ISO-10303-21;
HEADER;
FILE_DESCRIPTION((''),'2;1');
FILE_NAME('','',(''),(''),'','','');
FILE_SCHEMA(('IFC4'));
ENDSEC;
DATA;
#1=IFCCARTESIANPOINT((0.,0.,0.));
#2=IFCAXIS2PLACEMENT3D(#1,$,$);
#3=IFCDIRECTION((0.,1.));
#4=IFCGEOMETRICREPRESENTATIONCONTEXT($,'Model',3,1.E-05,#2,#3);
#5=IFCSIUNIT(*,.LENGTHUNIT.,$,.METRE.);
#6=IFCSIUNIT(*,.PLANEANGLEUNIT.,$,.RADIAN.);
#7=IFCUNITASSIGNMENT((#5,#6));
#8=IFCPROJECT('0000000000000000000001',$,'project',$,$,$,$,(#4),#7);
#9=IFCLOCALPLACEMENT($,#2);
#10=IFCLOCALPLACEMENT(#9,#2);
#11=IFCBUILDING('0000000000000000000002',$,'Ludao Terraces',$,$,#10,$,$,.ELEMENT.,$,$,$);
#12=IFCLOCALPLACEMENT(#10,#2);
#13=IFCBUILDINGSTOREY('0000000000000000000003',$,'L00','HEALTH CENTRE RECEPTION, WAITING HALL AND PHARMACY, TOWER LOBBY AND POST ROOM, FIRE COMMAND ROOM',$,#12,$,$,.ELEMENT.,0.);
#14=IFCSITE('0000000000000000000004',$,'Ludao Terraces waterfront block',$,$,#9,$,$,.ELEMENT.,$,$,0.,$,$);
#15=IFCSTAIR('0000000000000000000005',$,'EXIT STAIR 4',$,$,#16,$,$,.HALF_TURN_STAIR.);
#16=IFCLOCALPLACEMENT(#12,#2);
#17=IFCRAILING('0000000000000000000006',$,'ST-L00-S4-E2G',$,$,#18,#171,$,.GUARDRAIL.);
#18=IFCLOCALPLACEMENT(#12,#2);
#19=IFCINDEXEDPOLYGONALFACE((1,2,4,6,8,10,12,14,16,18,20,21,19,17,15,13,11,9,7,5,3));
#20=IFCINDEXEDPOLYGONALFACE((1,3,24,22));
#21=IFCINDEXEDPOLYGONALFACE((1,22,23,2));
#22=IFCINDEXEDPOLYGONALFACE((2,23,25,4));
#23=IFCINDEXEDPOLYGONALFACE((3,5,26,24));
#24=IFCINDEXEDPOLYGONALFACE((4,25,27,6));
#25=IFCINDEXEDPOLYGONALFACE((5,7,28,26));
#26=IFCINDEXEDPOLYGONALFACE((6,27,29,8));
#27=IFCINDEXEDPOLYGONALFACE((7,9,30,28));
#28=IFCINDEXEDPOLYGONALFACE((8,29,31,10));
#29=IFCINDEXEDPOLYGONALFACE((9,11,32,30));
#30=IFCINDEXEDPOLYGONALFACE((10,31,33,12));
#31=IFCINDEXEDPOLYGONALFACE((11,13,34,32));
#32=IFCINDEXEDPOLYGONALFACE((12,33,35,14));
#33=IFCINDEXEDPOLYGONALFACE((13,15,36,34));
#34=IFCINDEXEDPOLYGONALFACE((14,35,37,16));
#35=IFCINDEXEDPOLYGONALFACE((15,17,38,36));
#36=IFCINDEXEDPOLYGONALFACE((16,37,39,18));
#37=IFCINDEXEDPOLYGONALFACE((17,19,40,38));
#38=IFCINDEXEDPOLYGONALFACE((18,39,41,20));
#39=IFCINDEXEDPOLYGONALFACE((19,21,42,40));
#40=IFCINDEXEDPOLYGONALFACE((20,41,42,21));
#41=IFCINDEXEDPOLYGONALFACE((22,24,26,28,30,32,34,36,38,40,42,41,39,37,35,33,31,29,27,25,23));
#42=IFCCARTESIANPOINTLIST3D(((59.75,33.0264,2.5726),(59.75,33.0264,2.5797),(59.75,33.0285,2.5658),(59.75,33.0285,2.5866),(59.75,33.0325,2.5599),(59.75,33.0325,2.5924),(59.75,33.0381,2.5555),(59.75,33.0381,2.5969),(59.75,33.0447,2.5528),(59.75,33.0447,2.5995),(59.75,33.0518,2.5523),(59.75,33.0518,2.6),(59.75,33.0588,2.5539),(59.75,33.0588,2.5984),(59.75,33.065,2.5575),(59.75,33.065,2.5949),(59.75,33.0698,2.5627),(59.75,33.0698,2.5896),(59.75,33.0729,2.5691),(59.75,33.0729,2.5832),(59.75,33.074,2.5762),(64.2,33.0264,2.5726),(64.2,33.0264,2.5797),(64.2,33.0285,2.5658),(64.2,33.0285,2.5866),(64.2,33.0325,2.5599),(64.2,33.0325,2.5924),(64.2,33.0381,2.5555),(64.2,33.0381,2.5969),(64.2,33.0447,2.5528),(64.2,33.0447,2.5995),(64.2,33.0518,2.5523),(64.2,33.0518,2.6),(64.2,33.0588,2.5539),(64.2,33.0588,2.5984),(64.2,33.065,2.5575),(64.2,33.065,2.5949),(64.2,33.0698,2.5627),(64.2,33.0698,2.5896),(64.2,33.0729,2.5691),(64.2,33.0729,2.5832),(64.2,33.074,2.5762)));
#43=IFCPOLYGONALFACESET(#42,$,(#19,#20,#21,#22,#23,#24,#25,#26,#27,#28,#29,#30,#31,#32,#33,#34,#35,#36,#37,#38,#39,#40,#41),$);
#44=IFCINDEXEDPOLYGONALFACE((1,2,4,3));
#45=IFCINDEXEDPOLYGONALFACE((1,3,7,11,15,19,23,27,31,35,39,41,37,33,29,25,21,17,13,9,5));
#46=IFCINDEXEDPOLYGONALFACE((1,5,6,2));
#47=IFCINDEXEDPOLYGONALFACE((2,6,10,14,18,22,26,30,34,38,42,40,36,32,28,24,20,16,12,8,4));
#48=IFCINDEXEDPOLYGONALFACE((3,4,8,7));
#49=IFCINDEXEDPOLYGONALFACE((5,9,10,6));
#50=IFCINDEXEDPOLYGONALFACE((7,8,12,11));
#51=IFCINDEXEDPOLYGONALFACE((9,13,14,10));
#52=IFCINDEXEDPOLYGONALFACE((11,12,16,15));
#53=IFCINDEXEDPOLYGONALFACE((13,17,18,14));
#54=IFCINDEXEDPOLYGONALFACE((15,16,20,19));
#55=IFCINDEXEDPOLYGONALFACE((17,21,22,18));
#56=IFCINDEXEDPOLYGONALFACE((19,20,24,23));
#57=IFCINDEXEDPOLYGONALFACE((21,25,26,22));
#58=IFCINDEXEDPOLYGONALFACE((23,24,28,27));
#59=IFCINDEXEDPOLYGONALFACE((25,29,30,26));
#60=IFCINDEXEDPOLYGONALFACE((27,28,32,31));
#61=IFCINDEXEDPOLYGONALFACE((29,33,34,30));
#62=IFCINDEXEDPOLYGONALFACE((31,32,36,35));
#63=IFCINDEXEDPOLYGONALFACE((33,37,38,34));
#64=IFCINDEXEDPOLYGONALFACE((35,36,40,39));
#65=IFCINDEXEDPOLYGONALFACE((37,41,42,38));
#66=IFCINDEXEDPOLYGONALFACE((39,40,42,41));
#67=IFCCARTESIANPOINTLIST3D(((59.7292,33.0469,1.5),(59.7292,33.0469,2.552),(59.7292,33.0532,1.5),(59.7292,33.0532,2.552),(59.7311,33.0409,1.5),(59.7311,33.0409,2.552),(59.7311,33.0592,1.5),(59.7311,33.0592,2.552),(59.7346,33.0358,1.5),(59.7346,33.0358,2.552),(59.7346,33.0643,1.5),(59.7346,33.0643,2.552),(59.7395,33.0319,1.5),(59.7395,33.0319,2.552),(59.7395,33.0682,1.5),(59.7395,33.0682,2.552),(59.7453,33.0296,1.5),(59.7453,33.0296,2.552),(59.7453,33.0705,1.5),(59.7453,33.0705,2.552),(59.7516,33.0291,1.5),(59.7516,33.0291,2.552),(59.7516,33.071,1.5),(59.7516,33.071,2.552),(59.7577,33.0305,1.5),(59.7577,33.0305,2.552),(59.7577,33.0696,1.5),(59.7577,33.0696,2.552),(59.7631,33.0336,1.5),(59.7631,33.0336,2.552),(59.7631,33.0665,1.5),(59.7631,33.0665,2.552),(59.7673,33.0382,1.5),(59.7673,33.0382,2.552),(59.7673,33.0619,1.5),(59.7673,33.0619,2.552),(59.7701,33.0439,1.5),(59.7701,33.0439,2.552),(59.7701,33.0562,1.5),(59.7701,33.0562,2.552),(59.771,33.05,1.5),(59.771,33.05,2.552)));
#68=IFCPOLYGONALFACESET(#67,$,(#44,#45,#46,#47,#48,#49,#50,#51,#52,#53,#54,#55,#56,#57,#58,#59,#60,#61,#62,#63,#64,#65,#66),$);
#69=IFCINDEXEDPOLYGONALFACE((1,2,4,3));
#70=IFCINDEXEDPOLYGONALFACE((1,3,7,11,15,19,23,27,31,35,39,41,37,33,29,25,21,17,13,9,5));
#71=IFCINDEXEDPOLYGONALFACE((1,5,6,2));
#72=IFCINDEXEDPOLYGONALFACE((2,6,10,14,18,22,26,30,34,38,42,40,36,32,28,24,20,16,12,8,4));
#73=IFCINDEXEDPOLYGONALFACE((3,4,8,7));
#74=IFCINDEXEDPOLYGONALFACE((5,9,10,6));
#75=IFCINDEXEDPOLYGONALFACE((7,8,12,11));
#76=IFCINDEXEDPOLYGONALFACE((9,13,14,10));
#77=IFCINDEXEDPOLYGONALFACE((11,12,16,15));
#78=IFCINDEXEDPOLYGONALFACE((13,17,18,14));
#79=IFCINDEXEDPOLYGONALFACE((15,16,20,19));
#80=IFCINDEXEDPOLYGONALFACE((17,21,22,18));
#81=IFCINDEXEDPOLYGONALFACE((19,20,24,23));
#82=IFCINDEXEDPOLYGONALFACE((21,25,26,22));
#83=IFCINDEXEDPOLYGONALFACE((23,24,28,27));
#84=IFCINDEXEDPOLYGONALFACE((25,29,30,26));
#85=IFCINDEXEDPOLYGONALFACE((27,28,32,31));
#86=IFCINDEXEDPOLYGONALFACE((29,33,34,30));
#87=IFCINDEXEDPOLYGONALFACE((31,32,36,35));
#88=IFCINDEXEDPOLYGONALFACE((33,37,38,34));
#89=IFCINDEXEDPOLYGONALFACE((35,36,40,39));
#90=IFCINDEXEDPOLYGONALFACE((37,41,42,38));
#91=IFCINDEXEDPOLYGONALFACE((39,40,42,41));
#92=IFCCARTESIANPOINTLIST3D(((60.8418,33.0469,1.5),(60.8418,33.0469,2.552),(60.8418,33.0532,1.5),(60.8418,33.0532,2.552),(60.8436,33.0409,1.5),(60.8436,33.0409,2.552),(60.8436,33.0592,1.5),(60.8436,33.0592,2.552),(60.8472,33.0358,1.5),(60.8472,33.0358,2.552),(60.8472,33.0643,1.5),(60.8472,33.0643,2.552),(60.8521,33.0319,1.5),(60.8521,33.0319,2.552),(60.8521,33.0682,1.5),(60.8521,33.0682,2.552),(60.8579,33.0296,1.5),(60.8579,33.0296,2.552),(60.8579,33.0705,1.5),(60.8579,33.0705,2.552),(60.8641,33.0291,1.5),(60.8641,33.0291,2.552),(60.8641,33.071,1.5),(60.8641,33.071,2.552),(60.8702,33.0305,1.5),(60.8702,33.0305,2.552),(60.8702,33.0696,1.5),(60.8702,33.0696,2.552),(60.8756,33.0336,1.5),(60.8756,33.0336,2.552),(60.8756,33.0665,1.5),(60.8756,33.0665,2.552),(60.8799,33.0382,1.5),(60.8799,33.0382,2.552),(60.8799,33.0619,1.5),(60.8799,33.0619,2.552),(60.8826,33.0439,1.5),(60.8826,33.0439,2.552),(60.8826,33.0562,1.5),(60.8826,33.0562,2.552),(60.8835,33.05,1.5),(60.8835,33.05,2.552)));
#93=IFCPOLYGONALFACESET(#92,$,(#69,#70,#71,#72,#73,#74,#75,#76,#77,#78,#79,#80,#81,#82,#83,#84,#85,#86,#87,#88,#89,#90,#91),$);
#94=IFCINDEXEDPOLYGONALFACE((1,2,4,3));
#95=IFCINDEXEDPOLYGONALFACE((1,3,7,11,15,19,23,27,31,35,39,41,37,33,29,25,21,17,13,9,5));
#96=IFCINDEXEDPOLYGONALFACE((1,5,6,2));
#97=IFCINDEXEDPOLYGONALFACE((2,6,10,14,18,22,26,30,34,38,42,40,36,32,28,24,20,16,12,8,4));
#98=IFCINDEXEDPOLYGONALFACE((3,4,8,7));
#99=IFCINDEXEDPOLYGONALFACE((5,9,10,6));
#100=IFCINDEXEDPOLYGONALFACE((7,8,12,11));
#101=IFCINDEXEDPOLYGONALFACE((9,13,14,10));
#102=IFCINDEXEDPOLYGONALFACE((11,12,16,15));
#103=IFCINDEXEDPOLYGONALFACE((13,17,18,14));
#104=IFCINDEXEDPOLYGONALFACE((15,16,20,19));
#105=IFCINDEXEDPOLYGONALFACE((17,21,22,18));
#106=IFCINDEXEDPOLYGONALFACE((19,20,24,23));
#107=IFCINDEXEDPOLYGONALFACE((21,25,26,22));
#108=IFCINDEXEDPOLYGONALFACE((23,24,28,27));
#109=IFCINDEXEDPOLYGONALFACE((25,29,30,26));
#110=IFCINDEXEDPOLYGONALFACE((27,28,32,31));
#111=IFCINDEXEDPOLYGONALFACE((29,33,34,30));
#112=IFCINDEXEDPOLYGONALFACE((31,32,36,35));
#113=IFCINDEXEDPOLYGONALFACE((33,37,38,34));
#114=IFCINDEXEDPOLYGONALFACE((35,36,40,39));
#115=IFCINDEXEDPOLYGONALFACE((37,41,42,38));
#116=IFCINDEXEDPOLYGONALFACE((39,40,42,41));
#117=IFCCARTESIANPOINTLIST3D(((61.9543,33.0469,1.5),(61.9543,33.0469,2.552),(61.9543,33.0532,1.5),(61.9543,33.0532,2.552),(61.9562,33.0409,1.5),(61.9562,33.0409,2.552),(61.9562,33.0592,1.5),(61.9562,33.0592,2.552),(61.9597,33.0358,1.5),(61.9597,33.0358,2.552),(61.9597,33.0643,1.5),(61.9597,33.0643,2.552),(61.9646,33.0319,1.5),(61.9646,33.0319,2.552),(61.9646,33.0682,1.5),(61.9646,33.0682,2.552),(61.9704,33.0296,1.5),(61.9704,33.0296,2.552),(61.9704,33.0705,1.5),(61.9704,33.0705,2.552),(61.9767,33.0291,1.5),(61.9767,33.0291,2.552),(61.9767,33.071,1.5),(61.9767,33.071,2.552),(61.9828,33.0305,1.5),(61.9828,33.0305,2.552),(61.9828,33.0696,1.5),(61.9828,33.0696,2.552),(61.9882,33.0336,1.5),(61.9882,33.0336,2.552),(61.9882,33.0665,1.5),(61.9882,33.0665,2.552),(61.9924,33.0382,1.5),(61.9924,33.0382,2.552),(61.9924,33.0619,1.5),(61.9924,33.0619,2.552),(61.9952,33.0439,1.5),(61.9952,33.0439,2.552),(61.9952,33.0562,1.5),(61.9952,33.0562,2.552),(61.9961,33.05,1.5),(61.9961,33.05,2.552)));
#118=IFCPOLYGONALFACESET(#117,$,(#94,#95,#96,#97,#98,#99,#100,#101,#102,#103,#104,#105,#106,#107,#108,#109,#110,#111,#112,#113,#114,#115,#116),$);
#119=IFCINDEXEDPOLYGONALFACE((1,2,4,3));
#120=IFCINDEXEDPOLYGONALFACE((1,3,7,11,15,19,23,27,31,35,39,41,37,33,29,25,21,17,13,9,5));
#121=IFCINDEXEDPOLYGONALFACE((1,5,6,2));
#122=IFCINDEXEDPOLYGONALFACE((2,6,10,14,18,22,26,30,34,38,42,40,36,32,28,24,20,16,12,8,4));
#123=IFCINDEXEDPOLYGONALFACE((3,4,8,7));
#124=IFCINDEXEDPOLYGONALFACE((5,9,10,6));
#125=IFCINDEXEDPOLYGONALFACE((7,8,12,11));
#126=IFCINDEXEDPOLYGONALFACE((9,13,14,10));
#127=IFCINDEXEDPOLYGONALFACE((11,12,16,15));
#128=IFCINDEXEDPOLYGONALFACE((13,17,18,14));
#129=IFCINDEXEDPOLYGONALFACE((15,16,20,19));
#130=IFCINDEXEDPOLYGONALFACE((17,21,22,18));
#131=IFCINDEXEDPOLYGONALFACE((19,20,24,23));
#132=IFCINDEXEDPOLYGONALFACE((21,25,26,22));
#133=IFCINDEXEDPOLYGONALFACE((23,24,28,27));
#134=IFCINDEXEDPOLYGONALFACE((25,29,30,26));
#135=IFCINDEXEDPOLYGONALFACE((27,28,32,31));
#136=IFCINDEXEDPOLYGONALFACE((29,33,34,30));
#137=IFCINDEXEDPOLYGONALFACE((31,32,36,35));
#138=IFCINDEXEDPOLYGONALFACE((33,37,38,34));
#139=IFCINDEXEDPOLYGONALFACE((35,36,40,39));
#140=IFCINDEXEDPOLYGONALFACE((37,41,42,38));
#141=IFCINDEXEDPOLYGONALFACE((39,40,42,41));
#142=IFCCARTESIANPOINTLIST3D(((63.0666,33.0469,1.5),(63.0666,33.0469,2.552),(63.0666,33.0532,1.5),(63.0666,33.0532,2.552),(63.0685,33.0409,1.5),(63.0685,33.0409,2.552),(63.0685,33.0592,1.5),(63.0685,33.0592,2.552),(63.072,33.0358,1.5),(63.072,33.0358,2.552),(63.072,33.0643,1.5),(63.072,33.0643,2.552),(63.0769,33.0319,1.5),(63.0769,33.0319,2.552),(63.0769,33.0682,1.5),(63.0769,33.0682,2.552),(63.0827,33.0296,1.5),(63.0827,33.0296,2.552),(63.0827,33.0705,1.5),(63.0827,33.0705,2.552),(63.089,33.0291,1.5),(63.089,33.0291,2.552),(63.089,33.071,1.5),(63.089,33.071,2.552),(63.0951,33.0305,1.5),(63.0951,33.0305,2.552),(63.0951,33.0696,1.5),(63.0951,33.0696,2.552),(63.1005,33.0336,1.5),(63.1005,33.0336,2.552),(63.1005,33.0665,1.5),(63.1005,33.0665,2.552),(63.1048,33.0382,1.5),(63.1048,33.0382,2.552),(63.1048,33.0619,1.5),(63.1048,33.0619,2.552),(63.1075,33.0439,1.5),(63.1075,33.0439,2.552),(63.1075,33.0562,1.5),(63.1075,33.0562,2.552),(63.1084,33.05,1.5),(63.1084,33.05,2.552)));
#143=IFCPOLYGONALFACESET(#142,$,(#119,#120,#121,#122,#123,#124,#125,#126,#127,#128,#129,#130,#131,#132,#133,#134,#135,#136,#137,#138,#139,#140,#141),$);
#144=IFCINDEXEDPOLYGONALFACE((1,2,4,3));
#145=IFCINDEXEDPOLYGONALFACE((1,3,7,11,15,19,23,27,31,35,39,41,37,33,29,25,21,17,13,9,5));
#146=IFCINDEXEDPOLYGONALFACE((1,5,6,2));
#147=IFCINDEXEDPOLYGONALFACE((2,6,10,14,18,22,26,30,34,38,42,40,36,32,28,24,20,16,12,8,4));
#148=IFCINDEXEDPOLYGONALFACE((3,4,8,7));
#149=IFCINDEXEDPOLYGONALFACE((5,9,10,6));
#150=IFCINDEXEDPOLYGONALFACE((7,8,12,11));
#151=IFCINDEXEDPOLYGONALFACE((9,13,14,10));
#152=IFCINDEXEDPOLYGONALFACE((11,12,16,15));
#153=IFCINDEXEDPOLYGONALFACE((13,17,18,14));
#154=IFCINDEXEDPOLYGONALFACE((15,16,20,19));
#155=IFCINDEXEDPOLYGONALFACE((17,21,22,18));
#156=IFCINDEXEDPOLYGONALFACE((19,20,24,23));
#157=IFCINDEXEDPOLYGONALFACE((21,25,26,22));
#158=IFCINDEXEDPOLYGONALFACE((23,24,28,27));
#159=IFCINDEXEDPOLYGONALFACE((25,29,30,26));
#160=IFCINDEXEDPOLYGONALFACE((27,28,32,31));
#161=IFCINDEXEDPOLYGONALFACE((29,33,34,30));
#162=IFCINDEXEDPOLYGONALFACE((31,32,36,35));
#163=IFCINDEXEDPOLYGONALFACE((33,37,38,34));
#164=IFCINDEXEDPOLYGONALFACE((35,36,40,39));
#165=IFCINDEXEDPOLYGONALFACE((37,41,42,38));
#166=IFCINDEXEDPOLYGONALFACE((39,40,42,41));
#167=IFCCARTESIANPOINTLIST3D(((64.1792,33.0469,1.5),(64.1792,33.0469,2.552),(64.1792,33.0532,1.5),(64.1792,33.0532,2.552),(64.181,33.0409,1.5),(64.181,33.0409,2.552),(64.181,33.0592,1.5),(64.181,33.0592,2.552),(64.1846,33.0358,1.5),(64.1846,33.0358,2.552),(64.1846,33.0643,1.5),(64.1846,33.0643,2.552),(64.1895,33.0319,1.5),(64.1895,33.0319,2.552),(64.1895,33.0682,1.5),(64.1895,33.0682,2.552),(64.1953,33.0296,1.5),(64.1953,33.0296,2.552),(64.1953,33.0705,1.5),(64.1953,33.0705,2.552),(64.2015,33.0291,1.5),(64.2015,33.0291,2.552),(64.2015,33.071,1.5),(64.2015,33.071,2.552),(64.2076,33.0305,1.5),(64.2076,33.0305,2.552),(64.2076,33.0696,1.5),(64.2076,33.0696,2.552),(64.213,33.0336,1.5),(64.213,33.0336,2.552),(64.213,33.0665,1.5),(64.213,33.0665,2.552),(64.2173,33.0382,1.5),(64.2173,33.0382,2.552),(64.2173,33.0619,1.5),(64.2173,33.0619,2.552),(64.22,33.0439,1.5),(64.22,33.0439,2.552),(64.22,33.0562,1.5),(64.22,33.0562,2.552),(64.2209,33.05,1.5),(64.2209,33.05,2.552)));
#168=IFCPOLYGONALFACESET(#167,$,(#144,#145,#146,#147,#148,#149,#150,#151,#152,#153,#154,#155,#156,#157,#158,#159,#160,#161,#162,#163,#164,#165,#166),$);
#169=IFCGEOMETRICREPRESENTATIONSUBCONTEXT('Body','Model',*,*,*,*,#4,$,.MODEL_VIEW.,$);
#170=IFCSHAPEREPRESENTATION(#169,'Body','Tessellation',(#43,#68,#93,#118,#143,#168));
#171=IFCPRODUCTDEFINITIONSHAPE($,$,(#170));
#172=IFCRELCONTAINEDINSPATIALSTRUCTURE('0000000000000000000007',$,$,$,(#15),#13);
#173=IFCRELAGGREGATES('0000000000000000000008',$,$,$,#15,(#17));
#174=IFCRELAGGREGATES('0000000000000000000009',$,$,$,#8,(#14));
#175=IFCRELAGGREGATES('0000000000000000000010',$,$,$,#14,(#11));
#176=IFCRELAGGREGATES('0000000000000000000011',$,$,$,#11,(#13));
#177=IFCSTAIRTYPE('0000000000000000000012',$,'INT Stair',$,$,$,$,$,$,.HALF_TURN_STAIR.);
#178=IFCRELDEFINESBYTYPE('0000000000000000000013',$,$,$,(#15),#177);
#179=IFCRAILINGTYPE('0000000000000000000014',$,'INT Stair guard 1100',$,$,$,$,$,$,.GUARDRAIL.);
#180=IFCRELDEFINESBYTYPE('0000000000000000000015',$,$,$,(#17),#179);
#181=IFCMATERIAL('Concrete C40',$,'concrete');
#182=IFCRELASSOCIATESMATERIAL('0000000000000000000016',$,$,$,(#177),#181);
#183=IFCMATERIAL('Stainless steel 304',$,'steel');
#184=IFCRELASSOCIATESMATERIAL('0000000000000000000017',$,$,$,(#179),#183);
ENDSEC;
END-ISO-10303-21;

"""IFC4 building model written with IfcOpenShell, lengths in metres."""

from ifc_helpers import new_model, si_unit, direction, frame, origin, origin_2d, place, context, subcontext, project, spatial, circle, extrude, material, type_object, element, aggregate, save


model = new_model("IFC4")

# Units and contexts
model_context = context("Model", 3, precision=1e-05, world=origin(), true_north=direction((0.0, 1.0)))
body_context = subcontext(model_context, "Body", "Model", "MODEL_VIEW")
ifc_project = project(units=[si_unit("LENGTHUNIT", "METRE"), si_unit("PLANEANGLEUNIT", "RADIAN")], contexts=[model_context])

# Site, building, storey
site_placement = place(None, origin())
site = spatial("IfcSite", under=ifc_project, at=site_placement, Name="Ludao Terraces waterfront block", CompositionType="ELEMENT", RefElevation=0.0)
building_placement = place(site_placement, origin())
building = spatial("IfcBuilding", under=site, at=building_placement, Name="Ludao Terraces", CompositionType="ELEMENT")
storey_placement = place(building_placement, origin())
storey = spatial("IfcBuildingStorey", under=building, at=storey_placement, Name="L00", Description="HEALTH CENTRE RECEPTION, WAITING HALL AND PHARMACY, TOWER LOBBY AND POST ROOM, FIRE COMMAND ROOM", CompositionType="ELEMENT", Elevation=0.0)

# Shared definitions
ifc_material_1 = material(Name="Concrete C40", Category="concrete")

# Stair, railing
stair_type = type_object("IfcStairType", Name="INT Stair", PredefinedType="HALF_TURN_STAIR", material=ifc_material_1)
stair_placement = place(storey_placement, origin())
stair = element("IfcStair", 1, at=stair_placement, inside=storey, type_object=stair_type, Name="EXIT STAIR 4", PredefinedType="HALF_TURN_STAIR")
ifc_material_2 = material(Name="Stainless steel 304", Category="steel")
railing_type_1 = type_object("IfcRailingType", Name="INT Stair guard 1100", PredefinedType="GUARDRAIL", material=ifc_material_2)
railing_1_placement = place(storey_placement, frame((59.75, 33.05, 1.5)))
railing_1 = element("IfcRailing", 2, at=railing_1_placement, type_object=railing_type_1, Name="ST-L00-S4-E2G", PredefinedType="GUARDRAIL", context=body_context, shape_type="SweptSolid", body=[
    extrude(circle(Radius=0.0239, at=origin_2d()), frame((0.0, 0.0, 1.0762), z_axis=(1.0, 0.0, 0.0), x_axis=(0.0, 1.0, 0.0)), (0.0, 0.0, 1.0), 4.45),
    extrude(circle(Radius=0.021, at=origin_2d()), origin(), (0.0, 0.0, 1.0), 1.052),
    extrude(circle(Radius=0.021, at=origin_2d()), frame((1.1125, 0.0, 0.0)), (0.0, 0.0, 1.0), 1.052),
    extrude(circle(Radius=0.021, at=origin_2d()), frame((2.2251, 0.0, 0.0)), (0.0, 0.0, 1.0), 1.052),
    extrude(circle(Radius=0.021, at=origin_2d()), frame((3.3374, 0.0, 0.0)), (0.0, 0.0, 1.0), 1.052),
    extrude(circle(Radius=0.021, at=origin_2d()), frame((4.45, 0.0, 0.0)), (0.0, 0.0, 1.0), 1.052),
])
aggregate(stair, [railing_1])

save(model, "model.ifc")
